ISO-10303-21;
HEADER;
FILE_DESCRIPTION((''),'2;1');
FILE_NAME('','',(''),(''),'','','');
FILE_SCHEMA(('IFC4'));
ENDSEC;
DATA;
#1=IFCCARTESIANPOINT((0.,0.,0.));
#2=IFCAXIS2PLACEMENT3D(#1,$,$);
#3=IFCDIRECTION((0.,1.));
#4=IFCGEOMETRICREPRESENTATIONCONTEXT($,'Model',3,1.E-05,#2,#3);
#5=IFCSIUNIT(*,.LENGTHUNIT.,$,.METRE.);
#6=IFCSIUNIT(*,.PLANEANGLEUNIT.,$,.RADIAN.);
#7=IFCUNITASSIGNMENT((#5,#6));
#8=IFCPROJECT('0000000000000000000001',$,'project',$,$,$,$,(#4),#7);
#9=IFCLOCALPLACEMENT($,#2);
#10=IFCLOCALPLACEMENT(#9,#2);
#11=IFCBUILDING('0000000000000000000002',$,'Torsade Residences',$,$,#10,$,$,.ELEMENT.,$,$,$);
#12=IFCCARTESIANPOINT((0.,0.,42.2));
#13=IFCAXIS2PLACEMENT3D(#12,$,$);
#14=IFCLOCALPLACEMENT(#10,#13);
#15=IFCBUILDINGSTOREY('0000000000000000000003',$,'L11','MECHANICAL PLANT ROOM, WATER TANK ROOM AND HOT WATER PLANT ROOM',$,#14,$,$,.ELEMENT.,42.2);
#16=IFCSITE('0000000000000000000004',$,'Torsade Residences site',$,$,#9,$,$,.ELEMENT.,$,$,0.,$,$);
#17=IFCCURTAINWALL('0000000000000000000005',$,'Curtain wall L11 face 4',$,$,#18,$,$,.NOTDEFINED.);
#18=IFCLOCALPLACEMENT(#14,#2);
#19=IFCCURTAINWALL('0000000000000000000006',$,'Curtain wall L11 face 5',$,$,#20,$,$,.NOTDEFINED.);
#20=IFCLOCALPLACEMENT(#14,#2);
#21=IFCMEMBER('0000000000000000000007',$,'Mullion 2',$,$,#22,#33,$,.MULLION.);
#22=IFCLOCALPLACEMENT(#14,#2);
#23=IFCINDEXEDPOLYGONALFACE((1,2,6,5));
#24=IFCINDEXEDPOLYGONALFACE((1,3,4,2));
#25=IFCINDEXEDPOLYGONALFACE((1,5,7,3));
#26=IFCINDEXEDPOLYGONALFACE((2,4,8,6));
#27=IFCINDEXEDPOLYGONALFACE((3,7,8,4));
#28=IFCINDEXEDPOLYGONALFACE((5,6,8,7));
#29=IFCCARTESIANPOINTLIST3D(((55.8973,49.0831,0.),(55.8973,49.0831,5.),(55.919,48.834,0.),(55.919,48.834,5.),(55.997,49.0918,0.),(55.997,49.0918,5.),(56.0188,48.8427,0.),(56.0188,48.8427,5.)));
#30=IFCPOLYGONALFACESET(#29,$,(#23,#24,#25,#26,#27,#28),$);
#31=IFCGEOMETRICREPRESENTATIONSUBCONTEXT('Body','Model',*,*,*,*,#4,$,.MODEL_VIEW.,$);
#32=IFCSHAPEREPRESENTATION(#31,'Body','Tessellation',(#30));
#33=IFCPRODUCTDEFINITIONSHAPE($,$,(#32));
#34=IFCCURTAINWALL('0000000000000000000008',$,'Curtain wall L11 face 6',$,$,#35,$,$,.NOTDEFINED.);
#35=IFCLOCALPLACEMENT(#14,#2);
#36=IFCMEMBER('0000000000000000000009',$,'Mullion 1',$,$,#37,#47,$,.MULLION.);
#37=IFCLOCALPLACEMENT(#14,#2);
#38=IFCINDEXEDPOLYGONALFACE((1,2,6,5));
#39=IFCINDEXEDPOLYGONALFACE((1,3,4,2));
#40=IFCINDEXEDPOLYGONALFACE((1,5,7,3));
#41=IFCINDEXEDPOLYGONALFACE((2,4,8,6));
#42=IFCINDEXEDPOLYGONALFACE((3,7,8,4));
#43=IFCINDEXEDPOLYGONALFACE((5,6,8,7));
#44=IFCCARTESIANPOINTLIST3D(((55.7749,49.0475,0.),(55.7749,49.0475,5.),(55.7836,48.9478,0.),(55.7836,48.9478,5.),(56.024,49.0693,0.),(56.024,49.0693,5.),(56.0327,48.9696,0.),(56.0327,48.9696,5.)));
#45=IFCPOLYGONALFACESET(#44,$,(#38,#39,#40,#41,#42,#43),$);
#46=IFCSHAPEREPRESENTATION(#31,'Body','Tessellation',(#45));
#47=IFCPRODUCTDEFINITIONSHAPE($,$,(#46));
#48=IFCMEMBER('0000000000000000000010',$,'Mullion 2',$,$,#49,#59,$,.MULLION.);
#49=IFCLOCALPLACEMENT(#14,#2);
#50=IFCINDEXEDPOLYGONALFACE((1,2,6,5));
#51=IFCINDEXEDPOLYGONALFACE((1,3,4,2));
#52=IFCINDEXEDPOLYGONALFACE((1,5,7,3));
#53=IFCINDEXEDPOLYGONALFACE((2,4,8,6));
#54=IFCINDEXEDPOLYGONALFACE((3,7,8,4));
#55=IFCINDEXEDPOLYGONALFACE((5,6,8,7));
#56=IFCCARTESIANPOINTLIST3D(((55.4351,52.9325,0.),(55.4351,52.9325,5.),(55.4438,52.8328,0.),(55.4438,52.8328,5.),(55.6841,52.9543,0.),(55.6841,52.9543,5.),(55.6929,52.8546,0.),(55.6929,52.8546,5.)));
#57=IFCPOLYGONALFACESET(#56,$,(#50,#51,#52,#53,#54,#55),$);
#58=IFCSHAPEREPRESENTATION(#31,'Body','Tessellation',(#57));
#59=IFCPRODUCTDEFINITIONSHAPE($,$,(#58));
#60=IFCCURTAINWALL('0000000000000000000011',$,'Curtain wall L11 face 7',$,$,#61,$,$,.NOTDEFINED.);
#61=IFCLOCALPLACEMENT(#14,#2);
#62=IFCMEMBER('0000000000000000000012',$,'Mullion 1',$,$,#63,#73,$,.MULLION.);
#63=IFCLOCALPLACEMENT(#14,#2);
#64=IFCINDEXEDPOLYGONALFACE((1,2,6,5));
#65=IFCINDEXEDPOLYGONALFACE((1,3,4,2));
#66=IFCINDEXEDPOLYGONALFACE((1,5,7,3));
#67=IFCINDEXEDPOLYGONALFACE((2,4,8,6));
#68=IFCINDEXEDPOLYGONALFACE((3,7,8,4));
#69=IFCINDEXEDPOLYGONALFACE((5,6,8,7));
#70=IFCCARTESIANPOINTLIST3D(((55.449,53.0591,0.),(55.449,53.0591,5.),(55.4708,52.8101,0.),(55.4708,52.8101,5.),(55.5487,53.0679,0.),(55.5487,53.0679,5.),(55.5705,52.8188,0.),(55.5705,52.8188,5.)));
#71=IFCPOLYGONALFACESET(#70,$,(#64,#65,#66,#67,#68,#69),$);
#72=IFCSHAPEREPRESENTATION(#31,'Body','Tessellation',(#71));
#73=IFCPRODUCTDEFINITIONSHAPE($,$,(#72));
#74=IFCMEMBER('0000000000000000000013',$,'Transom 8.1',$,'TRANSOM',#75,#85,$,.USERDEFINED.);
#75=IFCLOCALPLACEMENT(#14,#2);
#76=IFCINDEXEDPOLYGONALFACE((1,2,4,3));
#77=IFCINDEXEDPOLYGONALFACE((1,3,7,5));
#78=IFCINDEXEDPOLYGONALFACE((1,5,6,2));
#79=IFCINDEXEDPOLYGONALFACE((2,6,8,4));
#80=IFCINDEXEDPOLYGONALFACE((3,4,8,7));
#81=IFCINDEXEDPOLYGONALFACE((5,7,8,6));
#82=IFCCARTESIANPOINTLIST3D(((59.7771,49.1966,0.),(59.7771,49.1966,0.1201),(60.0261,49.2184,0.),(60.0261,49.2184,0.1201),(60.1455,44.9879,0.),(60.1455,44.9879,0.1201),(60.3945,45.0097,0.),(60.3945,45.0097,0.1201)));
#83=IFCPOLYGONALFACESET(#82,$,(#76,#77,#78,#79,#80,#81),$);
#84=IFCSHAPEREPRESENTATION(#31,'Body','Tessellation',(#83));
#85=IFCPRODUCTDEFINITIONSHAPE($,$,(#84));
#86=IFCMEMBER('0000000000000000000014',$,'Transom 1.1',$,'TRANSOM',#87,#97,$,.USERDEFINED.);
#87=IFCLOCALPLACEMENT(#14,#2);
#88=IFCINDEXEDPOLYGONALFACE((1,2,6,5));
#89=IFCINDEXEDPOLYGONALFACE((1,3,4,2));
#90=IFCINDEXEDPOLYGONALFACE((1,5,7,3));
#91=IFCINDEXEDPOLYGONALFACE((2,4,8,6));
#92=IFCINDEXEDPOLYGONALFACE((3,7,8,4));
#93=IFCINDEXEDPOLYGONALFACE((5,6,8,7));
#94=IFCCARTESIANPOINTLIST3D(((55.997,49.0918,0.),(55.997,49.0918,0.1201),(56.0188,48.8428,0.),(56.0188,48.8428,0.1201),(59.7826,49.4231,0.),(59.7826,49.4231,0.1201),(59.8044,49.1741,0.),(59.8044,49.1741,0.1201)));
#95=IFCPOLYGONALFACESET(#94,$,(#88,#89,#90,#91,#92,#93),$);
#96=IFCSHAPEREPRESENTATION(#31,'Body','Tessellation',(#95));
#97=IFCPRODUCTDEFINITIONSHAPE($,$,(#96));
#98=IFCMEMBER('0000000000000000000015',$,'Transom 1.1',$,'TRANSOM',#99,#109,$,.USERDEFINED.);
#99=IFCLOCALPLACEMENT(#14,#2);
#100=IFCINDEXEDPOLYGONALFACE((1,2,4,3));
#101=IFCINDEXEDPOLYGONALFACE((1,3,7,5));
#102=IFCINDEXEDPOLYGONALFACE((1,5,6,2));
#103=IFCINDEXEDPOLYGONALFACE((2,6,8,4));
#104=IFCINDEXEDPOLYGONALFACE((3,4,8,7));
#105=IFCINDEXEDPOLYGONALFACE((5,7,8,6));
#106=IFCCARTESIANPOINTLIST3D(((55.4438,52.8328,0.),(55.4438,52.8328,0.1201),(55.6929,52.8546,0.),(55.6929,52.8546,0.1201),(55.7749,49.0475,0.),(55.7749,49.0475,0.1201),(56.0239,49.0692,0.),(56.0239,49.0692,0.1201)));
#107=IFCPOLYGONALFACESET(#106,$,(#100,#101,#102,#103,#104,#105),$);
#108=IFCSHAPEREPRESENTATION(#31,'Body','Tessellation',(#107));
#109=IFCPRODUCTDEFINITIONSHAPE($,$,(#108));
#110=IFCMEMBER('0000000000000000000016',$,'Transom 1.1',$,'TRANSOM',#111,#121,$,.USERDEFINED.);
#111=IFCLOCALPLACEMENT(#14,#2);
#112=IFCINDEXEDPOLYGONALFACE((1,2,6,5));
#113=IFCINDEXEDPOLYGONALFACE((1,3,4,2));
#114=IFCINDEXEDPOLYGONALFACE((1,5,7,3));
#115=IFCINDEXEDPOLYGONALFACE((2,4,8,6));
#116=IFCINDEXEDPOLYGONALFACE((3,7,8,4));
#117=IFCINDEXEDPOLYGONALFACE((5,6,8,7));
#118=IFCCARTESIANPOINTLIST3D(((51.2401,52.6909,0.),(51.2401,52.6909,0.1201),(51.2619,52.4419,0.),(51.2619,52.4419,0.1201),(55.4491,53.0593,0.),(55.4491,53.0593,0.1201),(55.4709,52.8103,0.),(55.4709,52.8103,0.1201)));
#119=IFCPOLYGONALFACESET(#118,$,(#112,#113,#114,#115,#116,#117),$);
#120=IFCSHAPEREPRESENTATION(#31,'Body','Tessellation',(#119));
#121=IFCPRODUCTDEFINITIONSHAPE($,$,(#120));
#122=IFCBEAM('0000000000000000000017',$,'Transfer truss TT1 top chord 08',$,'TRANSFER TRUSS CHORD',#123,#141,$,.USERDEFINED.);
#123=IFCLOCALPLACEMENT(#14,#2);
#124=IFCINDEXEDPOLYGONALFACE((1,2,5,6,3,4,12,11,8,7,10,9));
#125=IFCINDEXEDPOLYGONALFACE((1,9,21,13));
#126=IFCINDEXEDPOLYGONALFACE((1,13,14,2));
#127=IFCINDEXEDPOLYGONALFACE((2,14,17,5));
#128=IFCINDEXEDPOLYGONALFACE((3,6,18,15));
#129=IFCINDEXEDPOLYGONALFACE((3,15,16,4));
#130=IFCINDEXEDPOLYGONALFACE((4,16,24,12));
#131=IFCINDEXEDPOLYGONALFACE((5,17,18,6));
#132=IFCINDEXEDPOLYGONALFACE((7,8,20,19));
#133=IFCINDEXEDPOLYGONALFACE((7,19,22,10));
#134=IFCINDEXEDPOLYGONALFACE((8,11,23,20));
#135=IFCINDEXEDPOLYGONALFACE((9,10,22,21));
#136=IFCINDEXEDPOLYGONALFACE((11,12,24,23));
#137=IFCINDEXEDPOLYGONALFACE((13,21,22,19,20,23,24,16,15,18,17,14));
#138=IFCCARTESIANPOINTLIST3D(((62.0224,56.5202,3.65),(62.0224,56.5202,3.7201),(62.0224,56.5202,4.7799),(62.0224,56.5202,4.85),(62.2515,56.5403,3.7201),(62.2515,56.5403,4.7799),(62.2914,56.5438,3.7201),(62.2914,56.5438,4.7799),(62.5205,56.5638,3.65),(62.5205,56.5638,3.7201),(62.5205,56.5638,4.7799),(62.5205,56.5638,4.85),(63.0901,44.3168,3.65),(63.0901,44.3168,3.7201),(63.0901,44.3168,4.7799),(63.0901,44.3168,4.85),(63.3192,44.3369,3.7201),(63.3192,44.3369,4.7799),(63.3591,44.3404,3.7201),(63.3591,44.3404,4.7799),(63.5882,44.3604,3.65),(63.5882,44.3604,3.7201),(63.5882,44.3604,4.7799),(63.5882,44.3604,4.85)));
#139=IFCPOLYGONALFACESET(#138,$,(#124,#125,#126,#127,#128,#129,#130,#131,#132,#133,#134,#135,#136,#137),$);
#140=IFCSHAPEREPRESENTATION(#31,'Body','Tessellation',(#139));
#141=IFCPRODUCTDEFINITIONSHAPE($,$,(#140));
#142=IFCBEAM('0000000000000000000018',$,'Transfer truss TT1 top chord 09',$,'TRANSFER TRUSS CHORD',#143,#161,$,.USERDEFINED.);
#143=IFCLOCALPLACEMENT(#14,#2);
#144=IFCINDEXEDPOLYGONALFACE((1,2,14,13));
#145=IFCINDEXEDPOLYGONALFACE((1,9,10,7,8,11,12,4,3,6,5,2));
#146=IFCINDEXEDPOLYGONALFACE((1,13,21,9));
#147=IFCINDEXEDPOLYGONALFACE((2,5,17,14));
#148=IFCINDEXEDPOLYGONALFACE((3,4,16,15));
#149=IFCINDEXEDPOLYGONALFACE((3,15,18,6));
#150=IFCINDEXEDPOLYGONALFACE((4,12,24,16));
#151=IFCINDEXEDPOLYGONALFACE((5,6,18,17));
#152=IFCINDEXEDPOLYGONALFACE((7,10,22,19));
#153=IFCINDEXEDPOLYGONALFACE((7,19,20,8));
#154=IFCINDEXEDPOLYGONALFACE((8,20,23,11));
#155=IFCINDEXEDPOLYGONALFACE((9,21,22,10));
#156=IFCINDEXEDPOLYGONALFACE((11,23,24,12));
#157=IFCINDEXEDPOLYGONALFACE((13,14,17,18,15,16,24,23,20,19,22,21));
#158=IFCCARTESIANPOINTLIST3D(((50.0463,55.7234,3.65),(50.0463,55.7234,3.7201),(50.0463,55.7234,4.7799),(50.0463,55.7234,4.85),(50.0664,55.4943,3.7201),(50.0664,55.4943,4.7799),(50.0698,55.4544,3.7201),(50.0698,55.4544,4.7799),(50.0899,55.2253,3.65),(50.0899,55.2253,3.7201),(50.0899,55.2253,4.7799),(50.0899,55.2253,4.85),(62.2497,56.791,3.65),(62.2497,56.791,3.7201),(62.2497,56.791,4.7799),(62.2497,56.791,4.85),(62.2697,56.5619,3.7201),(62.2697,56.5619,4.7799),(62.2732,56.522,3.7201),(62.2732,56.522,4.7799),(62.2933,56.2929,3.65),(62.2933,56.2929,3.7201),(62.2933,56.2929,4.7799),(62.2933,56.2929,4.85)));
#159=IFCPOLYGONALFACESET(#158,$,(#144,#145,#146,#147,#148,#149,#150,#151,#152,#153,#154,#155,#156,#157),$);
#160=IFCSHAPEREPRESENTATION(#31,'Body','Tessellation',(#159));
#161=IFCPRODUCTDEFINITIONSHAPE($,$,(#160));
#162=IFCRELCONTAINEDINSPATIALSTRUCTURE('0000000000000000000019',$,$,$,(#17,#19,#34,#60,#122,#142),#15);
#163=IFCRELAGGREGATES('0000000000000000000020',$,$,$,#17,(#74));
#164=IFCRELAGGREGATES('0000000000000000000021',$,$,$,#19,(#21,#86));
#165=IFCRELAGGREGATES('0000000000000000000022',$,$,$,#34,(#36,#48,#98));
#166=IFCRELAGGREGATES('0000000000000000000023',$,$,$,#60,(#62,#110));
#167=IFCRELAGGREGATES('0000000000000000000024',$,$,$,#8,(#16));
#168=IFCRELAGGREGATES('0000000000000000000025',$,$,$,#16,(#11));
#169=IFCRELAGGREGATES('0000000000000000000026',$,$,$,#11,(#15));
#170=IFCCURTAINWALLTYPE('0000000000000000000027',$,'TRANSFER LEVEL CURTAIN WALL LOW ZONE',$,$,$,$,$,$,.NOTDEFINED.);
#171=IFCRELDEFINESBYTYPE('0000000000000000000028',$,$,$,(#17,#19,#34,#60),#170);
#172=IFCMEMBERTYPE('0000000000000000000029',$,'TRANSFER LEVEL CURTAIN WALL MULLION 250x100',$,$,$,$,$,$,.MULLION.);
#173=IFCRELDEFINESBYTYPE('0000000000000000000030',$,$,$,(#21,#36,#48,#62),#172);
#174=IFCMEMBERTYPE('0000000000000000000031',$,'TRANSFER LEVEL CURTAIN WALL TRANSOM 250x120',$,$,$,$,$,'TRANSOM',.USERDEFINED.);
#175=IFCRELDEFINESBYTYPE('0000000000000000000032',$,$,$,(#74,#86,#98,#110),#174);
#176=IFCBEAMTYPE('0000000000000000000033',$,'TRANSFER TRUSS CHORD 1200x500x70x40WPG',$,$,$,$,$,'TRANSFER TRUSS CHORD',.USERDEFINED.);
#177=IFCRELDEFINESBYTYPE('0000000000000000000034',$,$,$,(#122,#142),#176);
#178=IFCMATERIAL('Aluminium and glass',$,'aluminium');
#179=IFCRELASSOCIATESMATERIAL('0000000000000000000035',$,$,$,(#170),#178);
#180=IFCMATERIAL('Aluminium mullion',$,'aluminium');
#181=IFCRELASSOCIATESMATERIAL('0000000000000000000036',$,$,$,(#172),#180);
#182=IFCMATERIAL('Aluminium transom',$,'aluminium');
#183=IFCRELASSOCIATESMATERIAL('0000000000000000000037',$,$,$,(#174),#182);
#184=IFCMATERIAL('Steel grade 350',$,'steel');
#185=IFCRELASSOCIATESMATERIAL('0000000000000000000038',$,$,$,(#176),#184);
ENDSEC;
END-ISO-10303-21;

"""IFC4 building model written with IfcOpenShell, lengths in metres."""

from ifc_helpers import new_model, si_unit, direction, frame, origin, origin_2d, place, context, subcontext, project, spatial, rectangle, i_section, extrude, material, material_profile, profile_set, type_object, element, aggregate, save


model = new_model("IFC4")

# Units and contexts
model_context = context("Model", 3, precision=1e-05, world=origin(), true_north=direction((0.0, 1.0)))
body_context = subcontext(model_context, "Body", "Model", "MODEL_VIEW")
ifc_project = project(units=[si_unit("LENGTHUNIT", "METRE"), si_unit("PLANEANGLEUNIT", "RADIAN")], contexts=[model_context])

# Site, building, storey
site_placement = place(None, origin())
site = spatial("IfcSite", under=ifc_project, at=site_placement, Name="Torsade Residences site", CompositionType="ELEMENT", RefElevation=0.0)
building_placement = place(site_placement, origin())
building = spatial("IfcBuilding", under=site, at=building_placement, Name="Torsade Residences", CompositionType="ELEMENT")
storey_placement = place(building_placement, frame((0.0, 0.0, 42.2)))
storey = spatial("IfcBuildingStorey", under=building, at=storey_placement, Name="L11", Description="MECHANICAL PLANT ROOM, WATER TANK ROOM AND HOT WATER PLANT ROOM", CompositionType="ELEMENT", Elevation=42.2)

# Curtain walls, members
ifc_material_1 = material(Name="Aluminium and glass", Category="aluminium")
curtain_wall_type = type_object("IfcCurtainWallType", Name="TRANSFER LEVEL CURTAIN WALL LOW ZONE", PredefinedType="NOTDEFINED", material=ifc_material_1)
curtain_wall_1_placement = place(storey_placement, origin())
curtain_wall_1 = element("IfcCurtainWall", 1, at=curtain_wall_1_placement, inside=storey, type_object=curtain_wall_type, Name="Curtain wall L11 face 4", PredefinedType="NOTDEFINED")
ifc_material_2 = material(Name="Aluminium mullion", Category="aluminium")
ifc_material_profile_1 = material_profile(ifc_material_2, rectangle(XDim=0.25, YDim=0.1001, at=origin_2d()), Name="TRANSFER LEVEL CURTAIN WALL MULLION 250x100")
ifc_profile_set_1 = profile_set([ifc_material_profile_1], Name="Aluminium mullion")
member_type_1 = type_object("IfcMemberType", Name="TRANSFER LEVEL CURTAIN WALL MULLION 250x100", PredefinedType="MULLION", material=ifc_profile_set_1)
curtain_wall_2_placement = place(storey_placement, origin())
curtain_wall_2 = element("IfcCurtainWall", 2, at=curtain_wall_2_placement, inside=storey, type_object=curtain_wall_type, Name="Curtain wall L11 face 5", PredefinedType="NOTDEFINED")
member_1_placement = place(storey_placement, frame((55.958, 48.9629, 0.0), z_axis=(0.0, 0.0, 1.0), x_axis=(0.087156, -0.996195, 0.0)))
member_1 = element("IfcMember", 3, at=member_1_placement, type_object=member_type_1, Name="Mullion 2", PredefinedType="MULLION", context=body_context, shape_type="SweptSolid", body=[
    extrude(rectangle(XDim=0.25, YDim=0.1001, at=origin_2d()), origin(), (0.0, 0.0, 1.0), 5.0),
])
curtain_wall_3_placement = place(storey_placement, origin())
curtain_wall_3 = element("IfcCurtainWall", 4, at=curtain_wall_3_placement, inside=storey, type_object=curtain_wall_type, Name="Curtain wall L11 face 6", PredefinedType="NOTDEFINED")
member_2_placement = place(storey_placement, frame((55.9038, 49.0085, 0.0), z_axis=(0.0, 0.0, 1.0), x_axis=(-0.996195, -0.087156, 0.0)))
member_2 = element("IfcMember", 5, at=member_2_placement, type_object=member_type_1, Name="Mullion 1", PredefinedType="MULLION", context=body_context, shape_type="SweptSolid", body=[
    extrude(rectangle(XDim=0.25, YDim=0.1001, at=origin_2d()), origin(), (0.0, 0.0, 1.0), 5.0),
])
member_3_placement = place(storey_placement, frame((55.564, 52.8936, 0.0), z_axis=(0.0, 0.0, 1.0), x_axis=(-0.996195, -0.087156, 0.0)))
member_3 = element("IfcMember", 6, at=member_3_placement, type_object=member_type_1, Name="Mullion 2", PredefinedType="MULLION", context=body_context, shape_type="SweptSolid", body=[
    extrude(rectangle(XDim=0.25, YDim=0.1001, at=origin_2d()), origin(), (0.0, 0.0, 1.0), 5.0),
])

# Curtain wall, member
curtain_wall_4_placement = place(storey_placement, origin())
curtain_wall_4 = element("IfcCurtainWall", 7, at=curtain_wall_4_placement, inside=storey, type_object=curtain_wall_type, Name="Curtain wall L11 face 7", PredefinedType="NOTDEFINED")
member_4_placement = place(storey_placement, frame((55.5098, 52.939, 0.0), z_axis=(0.0, 0.0, 1.0), x_axis=(0.087156, -0.996195, 0.0)))
member_4 = element("IfcMember", 8, at=member_4_placement, type_object=member_type_1, Name="Mullion 1", PredefinedType="MULLION", context=body_context, shape_type="SweptSolid", body=[
    extrude(rectangle(XDim=0.25, YDim=0.1001, at=origin_2d()), origin(), (0.0, 0.0, 1.0), 5.0),
])

# Members
ifc_material_3 = material(Name="Aluminium transom", Category="aluminium")
ifc_material_profile_2 = material_profile(ifc_material_3, rectangle(XDim=0.25, YDim=0.1201, at=origin_2d()), Name="TRANSFER LEVEL CURTAIN WALL TRANSOM 250x120")
ifc_profile_set_2 = profile_set([ifc_material_profile_2], Name="Aluminium transom")
member_type_2 = type_object("IfcMemberType", Name="TRANSFER LEVEL CURTAIN WALL TRANSOM 250x120", ElementType="TRANSOM", PredefinedType="USERDEFINED", material=ifc_profile_set_2)
member_5_placement = place(storey_placement, frame((60.27, 44.9988, 0.0601), z_axis=(-0.087201, 0.996191, 0.0), x_axis=(-0.996191, -0.087201, 0.0)))
member_5 = element("IfcMember", 9, at=member_5_placement, type_object=member_type_2, Name="Transom 8.1", ObjectType="TRANSOM", PredefinedType="USERDEFINED", context=body_context, shape_type="SweptSolid", body=[
    extrude(rectangle(XDim=0.25, YDim=0.1201, at=origin_2d()), origin(), (0.0, 0.0, 1.0), 4.2249),
])
member_6_placement = place(storey_placement, frame((59.7935, 49.2986, 0.0601), z_axis=(-0.996192, -0.087181, 0.0), x_axis=(0.087181, -0.996192, 0.0)))
member_6 = element("IfcMember", 10, at=member_6_placement, type_object=member_type_2, Name="Transom 1.1", ObjectType="TRANSOM", PredefinedType="USERDEFINED", context=body_context, shape_type="SweptSolid", body=[
    extrude(rectangle(XDim=0.25, YDim=0.1201, at=origin_2d()), origin(), (0.0, 0.0, 1.0), 3.8),
])
member_7_placement = place(storey_placement, frame((55.8994, 49.0583, 0.0601), z_axis=(-0.087123, 0.996198, 0.0), x_axis=(-0.996198, -0.087123, 0.0)))
member_7 = element("IfcMember", 11, at=member_7_placement, type_object=member_type_2, Name="Transom 1.1", ObjectType="TRANSOM", PredefinedType="USERDEFINED", context=body_context, shape_type="SweptSolid", body=[
    extrude(rectangle(XDim=0.25, YDim=0.1201, at=origin_2d()), origin(), (0.0, 0.0, 1.0), 3.7998),
])
member_8_placement = place(storey_placement, frame((55.46, 52.9348, 0.0601), z_axis=(-0.996191, -0.087196, 0.0), x_axis=(0.087196, -0.996191, 0.0)))
member_8 = element("IfcMember", 12, at=member_8_placement, type_object=member_type_2, Name="Transom 1.1", ObjectType="TRANSOM", PredefinedType="USERDEFINED", context=body_context, shape_type="SweptSolid", body=[
    extrude(rectangle(XDim=0.25, YDim=0.1201, at=origin_2d()), origin(), (0.0, 0.0, 1.0), 4.2251),
])

# Beams
ifc_material_4 = material(Name="Steel grade 350", Category="steel")
ifc_material_profile_3 = material_profile(ifc_material_4, i_section(OverallWidth=0.5, OverallDepth=1.2, WebThickness=0.04, FlangeThickness=0.0701, at=origin_2d()), Name="1200x500x70x40WPG")
ifc_profile_set_3 = profile_set([ifc_material_profile_3], Name="Steel grade 350")
beam_type_1 = type_object("IfcBeamType", Name="TRANSFER TRUSS CHORD 1200x500x70x40WPG", ElementType="TRANSFER TRUSS CHORD", PredefinedType="USERDEFINED", material=ifc_profile_set_3)
for number, where, z_axis, x_axis, name in (
    (13, (63.3391, 44.3386, 4.25), (-0.087153, 0.996195, 0.0), (-0.996195, -0.087153, 0.0), "Transfer truss TT1 top chord 08"),
    (14, (62.2715, 56.542, 4.25), (-0.996195, -0.087153, 0.0), (0.087153, -0.996195, 0.0), "Transfer truss TT1 top chord 09"),
):
    element("IfcBeam", number, at=place(storey_placement, frame(where, z_axis=z_axis, x_axis=x_axis)), inside=storey, type_object=beam_type_1, Name=name, ObjectType="TRANSFER TRUSS CHORD", PredefinedType="USERDEFINED", context=body_context, shape_type="SweptSolid", body=[
        extrude(i_section(OverallWidth=0.5, OverallDepth=1.2, WebThickness=0.04, FlangeThickness=0.0701, at=origin_2d()), origin(), (0.0, 0.0, 1.0), 12.25),
    ])

aggregate(curtain_wall_1, [member_5])
aggregate(curtain_wall_2, [member_1, member_6])
aggregate(curtain_wall_3, [member_2, member_3, member_7])
aggregate(curtain_wall_4, [member_4, member_8])

save(model, "model.ifc")
